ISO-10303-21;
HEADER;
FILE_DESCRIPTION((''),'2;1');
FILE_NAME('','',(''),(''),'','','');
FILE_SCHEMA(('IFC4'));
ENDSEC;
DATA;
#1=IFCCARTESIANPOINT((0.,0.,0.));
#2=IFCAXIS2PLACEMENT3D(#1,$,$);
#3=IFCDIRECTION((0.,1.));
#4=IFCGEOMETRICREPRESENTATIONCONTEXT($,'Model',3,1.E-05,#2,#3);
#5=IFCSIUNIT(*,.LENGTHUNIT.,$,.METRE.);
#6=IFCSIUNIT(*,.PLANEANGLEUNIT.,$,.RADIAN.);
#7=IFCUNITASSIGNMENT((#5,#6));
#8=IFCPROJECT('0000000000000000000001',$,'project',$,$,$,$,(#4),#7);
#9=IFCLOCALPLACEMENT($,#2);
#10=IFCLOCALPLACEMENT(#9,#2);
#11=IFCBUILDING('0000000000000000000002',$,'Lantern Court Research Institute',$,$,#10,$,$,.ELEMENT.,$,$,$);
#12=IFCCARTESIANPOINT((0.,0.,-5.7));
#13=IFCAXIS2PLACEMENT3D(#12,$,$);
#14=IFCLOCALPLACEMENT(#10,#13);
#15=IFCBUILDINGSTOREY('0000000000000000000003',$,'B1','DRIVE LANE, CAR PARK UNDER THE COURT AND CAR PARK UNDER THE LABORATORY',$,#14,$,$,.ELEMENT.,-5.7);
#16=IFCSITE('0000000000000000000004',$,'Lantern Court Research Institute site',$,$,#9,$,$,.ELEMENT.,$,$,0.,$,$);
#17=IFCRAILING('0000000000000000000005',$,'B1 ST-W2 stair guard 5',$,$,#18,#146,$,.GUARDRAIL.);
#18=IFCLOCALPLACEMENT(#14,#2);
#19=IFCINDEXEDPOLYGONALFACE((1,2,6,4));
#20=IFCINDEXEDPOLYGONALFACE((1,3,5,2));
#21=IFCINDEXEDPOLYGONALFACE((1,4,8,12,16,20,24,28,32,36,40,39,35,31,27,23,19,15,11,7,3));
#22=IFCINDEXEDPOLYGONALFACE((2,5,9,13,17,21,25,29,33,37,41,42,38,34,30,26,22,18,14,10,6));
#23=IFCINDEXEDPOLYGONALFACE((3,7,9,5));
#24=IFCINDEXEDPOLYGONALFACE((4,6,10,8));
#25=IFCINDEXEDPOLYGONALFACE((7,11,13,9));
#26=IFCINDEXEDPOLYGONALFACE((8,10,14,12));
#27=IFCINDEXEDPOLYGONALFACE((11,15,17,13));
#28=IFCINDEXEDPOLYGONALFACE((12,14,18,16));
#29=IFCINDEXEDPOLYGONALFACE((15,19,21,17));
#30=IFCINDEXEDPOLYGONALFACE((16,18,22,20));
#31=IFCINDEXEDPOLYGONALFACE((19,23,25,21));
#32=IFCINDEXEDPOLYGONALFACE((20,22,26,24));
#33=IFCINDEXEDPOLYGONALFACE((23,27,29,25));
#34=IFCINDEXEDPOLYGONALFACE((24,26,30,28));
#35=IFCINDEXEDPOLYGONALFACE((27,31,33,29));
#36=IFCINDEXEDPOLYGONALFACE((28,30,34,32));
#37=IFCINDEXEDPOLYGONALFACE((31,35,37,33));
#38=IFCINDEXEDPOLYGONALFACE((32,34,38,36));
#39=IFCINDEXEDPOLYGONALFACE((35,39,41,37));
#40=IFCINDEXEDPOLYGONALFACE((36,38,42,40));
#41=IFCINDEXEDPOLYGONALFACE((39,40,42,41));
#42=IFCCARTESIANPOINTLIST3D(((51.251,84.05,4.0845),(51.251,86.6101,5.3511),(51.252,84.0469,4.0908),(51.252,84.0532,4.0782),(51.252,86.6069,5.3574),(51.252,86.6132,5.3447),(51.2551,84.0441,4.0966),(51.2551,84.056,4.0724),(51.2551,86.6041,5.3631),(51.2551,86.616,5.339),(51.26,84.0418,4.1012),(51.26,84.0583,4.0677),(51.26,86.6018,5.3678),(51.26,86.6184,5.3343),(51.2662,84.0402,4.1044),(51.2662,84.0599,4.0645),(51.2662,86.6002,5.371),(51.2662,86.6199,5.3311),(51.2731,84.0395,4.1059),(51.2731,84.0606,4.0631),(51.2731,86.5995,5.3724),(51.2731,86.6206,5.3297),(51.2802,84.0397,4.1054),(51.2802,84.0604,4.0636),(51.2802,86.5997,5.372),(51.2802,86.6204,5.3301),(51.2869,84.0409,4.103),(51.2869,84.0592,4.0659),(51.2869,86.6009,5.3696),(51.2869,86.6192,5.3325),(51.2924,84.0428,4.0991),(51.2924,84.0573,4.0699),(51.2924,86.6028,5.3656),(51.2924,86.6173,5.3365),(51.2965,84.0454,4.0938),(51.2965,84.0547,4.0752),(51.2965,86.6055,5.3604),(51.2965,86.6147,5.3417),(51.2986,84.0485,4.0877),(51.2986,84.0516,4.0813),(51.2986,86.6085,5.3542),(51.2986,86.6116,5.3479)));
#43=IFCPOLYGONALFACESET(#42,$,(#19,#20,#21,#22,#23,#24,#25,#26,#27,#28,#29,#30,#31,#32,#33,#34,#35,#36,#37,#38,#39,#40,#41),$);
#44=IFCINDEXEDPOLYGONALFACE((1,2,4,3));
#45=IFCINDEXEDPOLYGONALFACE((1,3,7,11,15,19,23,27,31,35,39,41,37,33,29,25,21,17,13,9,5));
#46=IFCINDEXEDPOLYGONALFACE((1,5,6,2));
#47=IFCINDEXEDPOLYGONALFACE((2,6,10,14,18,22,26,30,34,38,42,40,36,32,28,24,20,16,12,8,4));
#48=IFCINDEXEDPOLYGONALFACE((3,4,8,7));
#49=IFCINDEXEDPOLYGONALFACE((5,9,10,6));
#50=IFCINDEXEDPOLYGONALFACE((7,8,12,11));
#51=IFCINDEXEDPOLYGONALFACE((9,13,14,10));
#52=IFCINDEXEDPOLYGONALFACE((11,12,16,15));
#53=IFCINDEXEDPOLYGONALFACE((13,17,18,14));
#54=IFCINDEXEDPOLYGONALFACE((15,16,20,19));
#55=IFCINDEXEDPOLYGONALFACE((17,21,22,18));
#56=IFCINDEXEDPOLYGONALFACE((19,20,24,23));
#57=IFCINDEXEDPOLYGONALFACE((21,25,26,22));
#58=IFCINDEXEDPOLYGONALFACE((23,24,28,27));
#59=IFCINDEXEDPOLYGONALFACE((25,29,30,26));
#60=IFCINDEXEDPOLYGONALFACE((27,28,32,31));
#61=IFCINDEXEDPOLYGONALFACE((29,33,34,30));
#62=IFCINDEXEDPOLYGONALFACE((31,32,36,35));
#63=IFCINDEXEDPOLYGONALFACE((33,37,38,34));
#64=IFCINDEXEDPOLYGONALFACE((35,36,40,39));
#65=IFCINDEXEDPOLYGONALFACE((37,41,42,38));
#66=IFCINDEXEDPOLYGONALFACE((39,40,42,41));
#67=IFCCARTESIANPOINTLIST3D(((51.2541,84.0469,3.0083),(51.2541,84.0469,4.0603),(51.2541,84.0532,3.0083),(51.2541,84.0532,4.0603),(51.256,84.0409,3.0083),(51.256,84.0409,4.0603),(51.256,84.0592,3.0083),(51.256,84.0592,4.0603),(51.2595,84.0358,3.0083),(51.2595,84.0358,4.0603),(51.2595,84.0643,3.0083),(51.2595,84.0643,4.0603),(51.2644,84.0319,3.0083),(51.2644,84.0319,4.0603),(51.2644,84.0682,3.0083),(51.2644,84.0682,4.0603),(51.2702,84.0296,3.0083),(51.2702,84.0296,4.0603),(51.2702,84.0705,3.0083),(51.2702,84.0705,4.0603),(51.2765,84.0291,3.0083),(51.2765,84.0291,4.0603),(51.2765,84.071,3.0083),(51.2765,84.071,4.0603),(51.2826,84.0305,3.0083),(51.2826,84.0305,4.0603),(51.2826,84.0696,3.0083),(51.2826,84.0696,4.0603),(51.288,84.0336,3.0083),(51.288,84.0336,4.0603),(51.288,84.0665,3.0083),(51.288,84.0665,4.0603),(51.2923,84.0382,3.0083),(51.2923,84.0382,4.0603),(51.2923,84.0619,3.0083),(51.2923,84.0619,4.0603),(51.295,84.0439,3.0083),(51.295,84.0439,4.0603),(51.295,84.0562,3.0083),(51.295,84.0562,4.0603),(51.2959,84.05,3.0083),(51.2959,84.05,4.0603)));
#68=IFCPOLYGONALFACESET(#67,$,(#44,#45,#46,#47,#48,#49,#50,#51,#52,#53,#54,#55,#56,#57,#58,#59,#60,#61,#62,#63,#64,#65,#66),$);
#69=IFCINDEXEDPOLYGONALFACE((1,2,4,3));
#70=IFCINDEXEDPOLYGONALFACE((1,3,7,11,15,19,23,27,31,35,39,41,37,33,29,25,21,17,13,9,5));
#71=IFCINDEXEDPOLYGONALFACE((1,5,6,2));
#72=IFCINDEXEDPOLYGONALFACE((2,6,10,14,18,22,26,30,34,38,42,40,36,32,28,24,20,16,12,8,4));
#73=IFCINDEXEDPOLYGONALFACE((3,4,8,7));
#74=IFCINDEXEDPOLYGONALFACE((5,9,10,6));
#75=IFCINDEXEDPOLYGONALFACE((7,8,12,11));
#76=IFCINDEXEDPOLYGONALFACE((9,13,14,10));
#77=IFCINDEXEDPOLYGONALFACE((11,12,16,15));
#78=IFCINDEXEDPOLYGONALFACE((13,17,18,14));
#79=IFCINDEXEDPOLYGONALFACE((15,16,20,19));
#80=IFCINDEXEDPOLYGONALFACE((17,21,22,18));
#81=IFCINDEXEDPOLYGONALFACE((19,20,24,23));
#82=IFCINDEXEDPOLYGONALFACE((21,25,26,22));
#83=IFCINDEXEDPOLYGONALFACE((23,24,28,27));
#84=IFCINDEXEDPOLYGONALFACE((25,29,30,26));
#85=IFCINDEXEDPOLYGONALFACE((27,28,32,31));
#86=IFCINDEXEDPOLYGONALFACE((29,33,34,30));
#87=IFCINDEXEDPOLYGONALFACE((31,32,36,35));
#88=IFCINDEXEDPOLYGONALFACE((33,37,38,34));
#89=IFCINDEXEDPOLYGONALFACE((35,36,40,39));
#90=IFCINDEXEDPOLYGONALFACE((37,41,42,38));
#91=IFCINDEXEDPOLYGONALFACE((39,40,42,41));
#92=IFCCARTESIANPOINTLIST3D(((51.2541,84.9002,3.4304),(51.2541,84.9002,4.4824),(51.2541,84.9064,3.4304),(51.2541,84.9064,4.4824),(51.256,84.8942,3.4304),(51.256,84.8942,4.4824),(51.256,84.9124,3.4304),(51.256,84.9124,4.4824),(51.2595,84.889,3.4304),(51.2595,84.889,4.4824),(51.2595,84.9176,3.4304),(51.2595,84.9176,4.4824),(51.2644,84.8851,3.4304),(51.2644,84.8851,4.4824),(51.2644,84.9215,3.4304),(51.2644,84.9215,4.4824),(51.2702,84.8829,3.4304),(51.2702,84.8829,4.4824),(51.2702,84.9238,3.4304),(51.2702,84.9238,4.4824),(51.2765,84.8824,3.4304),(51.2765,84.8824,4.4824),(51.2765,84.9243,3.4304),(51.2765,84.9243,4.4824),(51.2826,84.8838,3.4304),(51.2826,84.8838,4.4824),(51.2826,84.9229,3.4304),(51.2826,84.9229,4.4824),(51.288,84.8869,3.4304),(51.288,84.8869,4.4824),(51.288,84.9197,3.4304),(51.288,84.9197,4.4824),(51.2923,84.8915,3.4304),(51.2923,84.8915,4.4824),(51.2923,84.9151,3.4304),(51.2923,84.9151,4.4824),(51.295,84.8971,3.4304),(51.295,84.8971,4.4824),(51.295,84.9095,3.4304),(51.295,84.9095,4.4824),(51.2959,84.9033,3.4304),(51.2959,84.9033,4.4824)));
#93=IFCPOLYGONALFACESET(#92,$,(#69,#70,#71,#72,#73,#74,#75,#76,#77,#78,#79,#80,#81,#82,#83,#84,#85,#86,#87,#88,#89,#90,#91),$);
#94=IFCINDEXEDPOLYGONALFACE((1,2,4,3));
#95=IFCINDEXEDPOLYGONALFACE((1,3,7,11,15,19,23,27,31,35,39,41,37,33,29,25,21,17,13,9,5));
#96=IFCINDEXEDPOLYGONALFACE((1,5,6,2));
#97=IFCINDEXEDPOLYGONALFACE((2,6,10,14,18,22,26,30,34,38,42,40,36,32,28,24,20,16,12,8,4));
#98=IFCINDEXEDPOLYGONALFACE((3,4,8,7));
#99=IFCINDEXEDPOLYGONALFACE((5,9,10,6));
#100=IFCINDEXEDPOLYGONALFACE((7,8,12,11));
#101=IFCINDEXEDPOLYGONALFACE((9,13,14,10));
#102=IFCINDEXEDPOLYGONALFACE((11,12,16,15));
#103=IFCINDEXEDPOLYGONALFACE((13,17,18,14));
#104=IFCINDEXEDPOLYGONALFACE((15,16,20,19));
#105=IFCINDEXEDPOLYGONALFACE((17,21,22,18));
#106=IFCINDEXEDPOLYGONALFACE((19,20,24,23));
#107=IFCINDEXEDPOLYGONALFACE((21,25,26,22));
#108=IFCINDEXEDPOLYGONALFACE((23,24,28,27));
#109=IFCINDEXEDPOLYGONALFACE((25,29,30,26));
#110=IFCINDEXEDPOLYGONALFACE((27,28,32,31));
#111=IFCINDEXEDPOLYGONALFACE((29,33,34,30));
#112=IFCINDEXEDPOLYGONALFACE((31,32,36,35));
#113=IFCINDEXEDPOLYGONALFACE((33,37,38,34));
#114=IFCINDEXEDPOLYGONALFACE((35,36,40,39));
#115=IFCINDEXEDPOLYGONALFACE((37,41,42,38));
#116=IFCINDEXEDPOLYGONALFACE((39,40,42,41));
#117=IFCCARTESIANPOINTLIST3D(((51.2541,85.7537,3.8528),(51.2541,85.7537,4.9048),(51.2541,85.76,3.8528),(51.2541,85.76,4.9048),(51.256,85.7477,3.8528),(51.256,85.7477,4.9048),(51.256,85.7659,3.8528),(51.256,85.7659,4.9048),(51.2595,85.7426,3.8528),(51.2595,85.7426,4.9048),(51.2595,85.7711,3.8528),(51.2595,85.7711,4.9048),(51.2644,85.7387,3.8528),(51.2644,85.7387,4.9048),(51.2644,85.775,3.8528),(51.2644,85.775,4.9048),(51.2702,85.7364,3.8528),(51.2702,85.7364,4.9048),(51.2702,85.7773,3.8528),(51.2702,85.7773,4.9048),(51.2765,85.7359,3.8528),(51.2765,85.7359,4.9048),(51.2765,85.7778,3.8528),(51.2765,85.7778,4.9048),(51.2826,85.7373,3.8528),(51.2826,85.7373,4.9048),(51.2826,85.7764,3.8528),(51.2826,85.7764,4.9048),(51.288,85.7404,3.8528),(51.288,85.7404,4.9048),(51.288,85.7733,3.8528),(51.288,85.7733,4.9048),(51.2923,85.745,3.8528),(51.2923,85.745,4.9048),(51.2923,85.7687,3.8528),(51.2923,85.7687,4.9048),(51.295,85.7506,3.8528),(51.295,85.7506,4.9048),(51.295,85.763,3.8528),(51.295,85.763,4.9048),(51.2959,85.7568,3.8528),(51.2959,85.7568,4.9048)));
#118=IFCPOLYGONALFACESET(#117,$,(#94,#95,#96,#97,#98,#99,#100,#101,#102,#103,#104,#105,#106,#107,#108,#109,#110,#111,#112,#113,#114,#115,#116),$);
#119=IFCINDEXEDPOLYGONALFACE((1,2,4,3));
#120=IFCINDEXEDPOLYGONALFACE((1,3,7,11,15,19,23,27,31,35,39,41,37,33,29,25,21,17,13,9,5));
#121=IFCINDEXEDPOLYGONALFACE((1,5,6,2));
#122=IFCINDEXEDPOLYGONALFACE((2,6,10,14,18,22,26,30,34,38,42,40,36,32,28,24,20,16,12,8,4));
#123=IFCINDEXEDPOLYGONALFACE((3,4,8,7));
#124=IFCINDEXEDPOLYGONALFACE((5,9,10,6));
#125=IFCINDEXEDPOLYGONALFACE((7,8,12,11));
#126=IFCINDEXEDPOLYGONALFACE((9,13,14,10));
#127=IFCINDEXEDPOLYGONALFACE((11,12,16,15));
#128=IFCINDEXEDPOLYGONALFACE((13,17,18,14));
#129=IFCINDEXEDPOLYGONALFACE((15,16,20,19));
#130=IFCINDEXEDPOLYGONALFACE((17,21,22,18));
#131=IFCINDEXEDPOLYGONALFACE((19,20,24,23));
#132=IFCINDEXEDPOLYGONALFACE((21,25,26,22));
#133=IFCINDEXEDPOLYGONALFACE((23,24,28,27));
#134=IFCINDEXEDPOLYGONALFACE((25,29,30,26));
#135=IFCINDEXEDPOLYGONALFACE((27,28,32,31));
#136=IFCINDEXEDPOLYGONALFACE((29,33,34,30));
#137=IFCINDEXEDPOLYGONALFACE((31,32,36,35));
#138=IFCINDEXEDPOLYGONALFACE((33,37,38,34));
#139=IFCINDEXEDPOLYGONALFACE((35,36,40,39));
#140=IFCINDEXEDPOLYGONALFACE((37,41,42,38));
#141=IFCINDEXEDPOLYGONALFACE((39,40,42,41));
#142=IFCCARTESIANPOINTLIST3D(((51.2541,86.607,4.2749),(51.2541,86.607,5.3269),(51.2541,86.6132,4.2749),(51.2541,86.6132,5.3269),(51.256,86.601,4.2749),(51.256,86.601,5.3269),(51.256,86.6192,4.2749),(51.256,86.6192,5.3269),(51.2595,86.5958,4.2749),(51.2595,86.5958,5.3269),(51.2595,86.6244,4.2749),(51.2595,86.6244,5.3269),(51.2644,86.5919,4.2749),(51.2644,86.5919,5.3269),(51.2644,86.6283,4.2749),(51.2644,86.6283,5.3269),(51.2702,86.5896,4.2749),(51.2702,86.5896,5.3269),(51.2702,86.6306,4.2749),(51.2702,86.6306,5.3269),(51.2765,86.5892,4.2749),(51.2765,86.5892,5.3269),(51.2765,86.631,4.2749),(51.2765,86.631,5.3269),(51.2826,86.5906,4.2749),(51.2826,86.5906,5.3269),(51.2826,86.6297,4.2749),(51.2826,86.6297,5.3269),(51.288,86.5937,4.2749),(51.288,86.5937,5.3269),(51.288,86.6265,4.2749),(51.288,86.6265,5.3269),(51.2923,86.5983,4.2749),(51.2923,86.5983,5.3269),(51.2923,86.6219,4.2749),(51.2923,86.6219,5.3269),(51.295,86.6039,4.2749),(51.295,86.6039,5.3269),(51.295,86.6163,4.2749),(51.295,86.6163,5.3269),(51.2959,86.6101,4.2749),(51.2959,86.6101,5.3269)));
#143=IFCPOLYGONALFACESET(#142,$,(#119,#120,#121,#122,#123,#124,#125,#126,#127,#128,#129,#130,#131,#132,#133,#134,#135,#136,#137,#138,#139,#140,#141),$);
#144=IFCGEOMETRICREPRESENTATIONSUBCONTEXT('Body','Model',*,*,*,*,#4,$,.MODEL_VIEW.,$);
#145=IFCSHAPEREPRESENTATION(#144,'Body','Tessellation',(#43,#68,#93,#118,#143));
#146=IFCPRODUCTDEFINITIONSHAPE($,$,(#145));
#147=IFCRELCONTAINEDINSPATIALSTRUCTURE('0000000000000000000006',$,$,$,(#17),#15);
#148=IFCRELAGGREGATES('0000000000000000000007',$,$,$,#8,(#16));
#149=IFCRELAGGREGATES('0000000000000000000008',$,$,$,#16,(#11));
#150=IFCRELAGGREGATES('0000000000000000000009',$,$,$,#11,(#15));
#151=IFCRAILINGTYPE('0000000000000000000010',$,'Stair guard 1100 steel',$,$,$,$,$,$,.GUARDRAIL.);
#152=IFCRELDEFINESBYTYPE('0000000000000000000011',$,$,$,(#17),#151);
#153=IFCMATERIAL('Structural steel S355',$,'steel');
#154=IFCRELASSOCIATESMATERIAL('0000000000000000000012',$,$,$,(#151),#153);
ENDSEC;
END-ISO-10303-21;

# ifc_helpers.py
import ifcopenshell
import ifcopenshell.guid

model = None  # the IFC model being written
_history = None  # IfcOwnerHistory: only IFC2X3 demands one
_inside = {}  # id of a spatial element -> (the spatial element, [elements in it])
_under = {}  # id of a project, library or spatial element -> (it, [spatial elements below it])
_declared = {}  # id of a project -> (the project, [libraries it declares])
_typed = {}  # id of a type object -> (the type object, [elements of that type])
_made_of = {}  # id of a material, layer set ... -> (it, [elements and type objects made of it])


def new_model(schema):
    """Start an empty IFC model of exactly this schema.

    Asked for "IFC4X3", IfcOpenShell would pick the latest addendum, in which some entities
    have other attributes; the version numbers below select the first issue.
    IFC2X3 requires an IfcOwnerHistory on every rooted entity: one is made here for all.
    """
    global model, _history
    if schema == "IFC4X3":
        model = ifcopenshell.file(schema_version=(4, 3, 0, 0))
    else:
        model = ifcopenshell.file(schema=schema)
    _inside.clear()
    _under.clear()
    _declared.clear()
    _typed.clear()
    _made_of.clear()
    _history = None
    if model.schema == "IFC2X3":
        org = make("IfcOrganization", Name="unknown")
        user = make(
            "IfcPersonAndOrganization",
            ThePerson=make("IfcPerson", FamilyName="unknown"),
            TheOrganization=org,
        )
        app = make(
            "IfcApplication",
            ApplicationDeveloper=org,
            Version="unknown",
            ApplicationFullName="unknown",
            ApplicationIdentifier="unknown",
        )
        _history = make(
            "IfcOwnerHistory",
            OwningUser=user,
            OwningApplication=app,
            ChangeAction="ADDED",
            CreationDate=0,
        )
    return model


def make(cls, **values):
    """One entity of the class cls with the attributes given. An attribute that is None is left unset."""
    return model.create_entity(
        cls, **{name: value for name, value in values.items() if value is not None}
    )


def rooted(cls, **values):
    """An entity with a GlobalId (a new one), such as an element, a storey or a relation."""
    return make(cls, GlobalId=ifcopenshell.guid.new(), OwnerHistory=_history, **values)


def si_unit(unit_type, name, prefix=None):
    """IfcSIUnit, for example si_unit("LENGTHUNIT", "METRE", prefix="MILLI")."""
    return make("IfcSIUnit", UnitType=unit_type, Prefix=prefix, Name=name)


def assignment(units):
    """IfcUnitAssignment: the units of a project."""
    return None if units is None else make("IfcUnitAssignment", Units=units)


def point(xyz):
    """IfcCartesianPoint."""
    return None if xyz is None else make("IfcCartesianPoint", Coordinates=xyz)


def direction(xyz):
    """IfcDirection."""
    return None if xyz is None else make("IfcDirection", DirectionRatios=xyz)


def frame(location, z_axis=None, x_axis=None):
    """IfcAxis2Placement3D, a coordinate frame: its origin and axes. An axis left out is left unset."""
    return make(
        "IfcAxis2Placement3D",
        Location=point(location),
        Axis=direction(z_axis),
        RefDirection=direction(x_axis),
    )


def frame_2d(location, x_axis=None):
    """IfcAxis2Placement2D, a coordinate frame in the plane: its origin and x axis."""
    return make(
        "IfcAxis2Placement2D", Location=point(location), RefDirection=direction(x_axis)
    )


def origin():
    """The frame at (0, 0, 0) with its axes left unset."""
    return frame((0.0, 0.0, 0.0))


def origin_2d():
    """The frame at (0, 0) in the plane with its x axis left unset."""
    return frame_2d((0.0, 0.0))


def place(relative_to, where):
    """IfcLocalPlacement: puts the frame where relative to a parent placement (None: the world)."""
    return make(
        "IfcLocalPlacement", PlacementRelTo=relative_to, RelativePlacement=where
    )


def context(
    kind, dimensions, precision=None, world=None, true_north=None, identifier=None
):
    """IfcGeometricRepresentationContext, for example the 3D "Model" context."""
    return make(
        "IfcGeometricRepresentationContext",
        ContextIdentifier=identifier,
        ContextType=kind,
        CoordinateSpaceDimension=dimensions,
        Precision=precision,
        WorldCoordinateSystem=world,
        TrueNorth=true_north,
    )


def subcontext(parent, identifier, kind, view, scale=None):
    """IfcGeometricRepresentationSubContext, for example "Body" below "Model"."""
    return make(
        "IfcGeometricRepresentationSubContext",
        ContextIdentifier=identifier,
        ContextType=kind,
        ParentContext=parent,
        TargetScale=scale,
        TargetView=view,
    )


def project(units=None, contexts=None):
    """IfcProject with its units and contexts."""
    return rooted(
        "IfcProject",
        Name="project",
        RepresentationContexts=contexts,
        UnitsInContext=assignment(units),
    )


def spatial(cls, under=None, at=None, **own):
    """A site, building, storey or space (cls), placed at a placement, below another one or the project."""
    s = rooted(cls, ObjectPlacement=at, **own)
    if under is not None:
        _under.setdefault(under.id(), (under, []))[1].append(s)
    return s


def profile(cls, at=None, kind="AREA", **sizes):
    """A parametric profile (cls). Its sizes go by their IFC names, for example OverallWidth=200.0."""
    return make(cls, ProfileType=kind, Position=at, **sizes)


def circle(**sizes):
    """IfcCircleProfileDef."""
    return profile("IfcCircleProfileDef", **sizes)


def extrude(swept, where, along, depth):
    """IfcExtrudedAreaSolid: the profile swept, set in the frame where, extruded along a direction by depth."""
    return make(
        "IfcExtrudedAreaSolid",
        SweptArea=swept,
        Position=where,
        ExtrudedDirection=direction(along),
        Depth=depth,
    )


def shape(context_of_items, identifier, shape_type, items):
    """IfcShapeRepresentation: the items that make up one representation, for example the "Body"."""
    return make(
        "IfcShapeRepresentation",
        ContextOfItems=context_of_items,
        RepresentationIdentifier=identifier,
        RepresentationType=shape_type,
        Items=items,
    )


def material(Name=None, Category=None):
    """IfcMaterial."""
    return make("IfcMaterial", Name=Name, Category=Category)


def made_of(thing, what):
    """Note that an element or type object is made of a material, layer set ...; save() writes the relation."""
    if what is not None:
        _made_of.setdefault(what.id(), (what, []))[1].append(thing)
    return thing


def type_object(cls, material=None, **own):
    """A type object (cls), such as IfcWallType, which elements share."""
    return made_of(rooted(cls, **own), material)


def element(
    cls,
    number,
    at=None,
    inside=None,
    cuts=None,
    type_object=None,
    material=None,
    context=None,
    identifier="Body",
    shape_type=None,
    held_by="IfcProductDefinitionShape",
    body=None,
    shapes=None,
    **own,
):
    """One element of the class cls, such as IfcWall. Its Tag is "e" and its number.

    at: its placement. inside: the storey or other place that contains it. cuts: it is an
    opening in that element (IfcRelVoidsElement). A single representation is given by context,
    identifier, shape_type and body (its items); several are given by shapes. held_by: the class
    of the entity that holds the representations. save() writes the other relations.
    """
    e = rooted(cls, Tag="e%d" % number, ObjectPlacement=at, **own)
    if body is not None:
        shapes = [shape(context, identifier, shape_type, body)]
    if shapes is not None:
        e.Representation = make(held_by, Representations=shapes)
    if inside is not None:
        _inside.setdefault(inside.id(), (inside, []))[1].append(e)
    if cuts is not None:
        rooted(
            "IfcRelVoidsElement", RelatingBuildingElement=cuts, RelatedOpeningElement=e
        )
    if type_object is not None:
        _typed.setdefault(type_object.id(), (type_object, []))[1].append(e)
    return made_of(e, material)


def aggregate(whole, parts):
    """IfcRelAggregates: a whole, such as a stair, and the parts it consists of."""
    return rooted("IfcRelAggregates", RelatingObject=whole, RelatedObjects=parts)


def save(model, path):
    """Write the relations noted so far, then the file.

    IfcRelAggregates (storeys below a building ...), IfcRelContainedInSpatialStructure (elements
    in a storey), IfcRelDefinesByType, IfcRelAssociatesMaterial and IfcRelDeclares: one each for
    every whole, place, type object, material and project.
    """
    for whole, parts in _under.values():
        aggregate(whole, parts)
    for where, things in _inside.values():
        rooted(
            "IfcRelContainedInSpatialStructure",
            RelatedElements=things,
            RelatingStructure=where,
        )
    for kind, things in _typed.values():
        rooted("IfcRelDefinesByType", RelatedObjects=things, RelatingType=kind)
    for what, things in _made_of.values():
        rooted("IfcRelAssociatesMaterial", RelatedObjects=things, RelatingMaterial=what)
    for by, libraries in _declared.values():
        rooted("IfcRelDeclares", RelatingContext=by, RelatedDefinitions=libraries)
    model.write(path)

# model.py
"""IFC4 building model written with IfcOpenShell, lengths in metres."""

from ifc_helpers import new_model, si_unit, direction, frame, origin, origin_2d, place, context, subcontext, project, spatial, circle, extrude, material, type_object, element, save


model = new_model("IFC4")

# Units and contexts
model_context = context("Model", 3, precision=1e-05, world=origin(), true_north=direction((0.0, 1.0)))
body_context = subcontext(model_context, "Body", "Model", "MODEL_VIEW")
ifc_project = project(units=[si_unit("LENGTHUNIT", "METRE"), si_unit("PLANEANGLEUNIT", "RADIAN")], contexts=[model_context])

# Site, building, storey
site_placement = place(None, origin())
site = spatial("IfcSite", under=ifc_project, at=site_placement, Name="Lantern Court Research Institute site", CompositionType="ELEMENT", RefElevation=0.0)
building_placement = place(site_placement, origin())
building = spatial("IfcBuilding", under=site, at=building_placement, Name="Lantern Court Research Institute", CompositionType="ELEMENT")
storey_placement = place(building_placement, frame((0.0, 0.0, -5.7)))
storey = spatial("IfcBuildingStorey", under=building, at=storey_placement, Name="B1", Description="DRIVE LANE, CAR PARK UNDER THE COURT AND CAR PARK UNDER THE LABORATORY", CompositionType="ELEMENT", Elevation=-5.7)

# Railing
ifc_material_1 = material(Name="Structural steel S355", Category="steel")
railing_type_1 = type_object("IfcRailingType", Name="Stair guard 1100 steel", PredefinedType="GUARDRAIL", material=ifc_material_1)
railing_1_placement = place(storey_placement, frame((51.2749, 84.05, 3.0083)))
element("IfcRailing", 1, at=railing_1_placement, inside=storey, type_object=railing_type_1, Name="B1 ST-W2 stair guard 5", PredefinedType="GUARDRAIL", context=body_context, shape_type="SweptSolid", body=[
    extrude(circle(Radius=0.0239, at=origin_2d()), frame((0.0, 0.0, 1.0762), z_axis=(0.0, 0.8963, 0.443449), x_axis=(-1.0, 0.0, 0.0)), (0.0, 0.0, 1.0), 2.8562),
    extrude(circle(Radius=0.021, at=origin_2d()), origin(), (0.0, 0.0, 1.0), 1.052),
    extrude(circle(Radius=0.021, at=origin_2d()), frame((0.0, 0.8533, 0.4221)), (0.0, 0.0, 1.0), 1.052),
    extrude(circle(Radius=0.021, at=origin_2d()), frame((0.0, 1.7068, 0.8445)), (0.0, 0.0, 1.0), 1.052),
    extrude(circle(Radius=0.021, at=origin_2d()), frame((0.0, 2.5601, 1.2666)), (0.0, 0.0, 1.0), 1.052),
])

save(model, "model.ifc")
